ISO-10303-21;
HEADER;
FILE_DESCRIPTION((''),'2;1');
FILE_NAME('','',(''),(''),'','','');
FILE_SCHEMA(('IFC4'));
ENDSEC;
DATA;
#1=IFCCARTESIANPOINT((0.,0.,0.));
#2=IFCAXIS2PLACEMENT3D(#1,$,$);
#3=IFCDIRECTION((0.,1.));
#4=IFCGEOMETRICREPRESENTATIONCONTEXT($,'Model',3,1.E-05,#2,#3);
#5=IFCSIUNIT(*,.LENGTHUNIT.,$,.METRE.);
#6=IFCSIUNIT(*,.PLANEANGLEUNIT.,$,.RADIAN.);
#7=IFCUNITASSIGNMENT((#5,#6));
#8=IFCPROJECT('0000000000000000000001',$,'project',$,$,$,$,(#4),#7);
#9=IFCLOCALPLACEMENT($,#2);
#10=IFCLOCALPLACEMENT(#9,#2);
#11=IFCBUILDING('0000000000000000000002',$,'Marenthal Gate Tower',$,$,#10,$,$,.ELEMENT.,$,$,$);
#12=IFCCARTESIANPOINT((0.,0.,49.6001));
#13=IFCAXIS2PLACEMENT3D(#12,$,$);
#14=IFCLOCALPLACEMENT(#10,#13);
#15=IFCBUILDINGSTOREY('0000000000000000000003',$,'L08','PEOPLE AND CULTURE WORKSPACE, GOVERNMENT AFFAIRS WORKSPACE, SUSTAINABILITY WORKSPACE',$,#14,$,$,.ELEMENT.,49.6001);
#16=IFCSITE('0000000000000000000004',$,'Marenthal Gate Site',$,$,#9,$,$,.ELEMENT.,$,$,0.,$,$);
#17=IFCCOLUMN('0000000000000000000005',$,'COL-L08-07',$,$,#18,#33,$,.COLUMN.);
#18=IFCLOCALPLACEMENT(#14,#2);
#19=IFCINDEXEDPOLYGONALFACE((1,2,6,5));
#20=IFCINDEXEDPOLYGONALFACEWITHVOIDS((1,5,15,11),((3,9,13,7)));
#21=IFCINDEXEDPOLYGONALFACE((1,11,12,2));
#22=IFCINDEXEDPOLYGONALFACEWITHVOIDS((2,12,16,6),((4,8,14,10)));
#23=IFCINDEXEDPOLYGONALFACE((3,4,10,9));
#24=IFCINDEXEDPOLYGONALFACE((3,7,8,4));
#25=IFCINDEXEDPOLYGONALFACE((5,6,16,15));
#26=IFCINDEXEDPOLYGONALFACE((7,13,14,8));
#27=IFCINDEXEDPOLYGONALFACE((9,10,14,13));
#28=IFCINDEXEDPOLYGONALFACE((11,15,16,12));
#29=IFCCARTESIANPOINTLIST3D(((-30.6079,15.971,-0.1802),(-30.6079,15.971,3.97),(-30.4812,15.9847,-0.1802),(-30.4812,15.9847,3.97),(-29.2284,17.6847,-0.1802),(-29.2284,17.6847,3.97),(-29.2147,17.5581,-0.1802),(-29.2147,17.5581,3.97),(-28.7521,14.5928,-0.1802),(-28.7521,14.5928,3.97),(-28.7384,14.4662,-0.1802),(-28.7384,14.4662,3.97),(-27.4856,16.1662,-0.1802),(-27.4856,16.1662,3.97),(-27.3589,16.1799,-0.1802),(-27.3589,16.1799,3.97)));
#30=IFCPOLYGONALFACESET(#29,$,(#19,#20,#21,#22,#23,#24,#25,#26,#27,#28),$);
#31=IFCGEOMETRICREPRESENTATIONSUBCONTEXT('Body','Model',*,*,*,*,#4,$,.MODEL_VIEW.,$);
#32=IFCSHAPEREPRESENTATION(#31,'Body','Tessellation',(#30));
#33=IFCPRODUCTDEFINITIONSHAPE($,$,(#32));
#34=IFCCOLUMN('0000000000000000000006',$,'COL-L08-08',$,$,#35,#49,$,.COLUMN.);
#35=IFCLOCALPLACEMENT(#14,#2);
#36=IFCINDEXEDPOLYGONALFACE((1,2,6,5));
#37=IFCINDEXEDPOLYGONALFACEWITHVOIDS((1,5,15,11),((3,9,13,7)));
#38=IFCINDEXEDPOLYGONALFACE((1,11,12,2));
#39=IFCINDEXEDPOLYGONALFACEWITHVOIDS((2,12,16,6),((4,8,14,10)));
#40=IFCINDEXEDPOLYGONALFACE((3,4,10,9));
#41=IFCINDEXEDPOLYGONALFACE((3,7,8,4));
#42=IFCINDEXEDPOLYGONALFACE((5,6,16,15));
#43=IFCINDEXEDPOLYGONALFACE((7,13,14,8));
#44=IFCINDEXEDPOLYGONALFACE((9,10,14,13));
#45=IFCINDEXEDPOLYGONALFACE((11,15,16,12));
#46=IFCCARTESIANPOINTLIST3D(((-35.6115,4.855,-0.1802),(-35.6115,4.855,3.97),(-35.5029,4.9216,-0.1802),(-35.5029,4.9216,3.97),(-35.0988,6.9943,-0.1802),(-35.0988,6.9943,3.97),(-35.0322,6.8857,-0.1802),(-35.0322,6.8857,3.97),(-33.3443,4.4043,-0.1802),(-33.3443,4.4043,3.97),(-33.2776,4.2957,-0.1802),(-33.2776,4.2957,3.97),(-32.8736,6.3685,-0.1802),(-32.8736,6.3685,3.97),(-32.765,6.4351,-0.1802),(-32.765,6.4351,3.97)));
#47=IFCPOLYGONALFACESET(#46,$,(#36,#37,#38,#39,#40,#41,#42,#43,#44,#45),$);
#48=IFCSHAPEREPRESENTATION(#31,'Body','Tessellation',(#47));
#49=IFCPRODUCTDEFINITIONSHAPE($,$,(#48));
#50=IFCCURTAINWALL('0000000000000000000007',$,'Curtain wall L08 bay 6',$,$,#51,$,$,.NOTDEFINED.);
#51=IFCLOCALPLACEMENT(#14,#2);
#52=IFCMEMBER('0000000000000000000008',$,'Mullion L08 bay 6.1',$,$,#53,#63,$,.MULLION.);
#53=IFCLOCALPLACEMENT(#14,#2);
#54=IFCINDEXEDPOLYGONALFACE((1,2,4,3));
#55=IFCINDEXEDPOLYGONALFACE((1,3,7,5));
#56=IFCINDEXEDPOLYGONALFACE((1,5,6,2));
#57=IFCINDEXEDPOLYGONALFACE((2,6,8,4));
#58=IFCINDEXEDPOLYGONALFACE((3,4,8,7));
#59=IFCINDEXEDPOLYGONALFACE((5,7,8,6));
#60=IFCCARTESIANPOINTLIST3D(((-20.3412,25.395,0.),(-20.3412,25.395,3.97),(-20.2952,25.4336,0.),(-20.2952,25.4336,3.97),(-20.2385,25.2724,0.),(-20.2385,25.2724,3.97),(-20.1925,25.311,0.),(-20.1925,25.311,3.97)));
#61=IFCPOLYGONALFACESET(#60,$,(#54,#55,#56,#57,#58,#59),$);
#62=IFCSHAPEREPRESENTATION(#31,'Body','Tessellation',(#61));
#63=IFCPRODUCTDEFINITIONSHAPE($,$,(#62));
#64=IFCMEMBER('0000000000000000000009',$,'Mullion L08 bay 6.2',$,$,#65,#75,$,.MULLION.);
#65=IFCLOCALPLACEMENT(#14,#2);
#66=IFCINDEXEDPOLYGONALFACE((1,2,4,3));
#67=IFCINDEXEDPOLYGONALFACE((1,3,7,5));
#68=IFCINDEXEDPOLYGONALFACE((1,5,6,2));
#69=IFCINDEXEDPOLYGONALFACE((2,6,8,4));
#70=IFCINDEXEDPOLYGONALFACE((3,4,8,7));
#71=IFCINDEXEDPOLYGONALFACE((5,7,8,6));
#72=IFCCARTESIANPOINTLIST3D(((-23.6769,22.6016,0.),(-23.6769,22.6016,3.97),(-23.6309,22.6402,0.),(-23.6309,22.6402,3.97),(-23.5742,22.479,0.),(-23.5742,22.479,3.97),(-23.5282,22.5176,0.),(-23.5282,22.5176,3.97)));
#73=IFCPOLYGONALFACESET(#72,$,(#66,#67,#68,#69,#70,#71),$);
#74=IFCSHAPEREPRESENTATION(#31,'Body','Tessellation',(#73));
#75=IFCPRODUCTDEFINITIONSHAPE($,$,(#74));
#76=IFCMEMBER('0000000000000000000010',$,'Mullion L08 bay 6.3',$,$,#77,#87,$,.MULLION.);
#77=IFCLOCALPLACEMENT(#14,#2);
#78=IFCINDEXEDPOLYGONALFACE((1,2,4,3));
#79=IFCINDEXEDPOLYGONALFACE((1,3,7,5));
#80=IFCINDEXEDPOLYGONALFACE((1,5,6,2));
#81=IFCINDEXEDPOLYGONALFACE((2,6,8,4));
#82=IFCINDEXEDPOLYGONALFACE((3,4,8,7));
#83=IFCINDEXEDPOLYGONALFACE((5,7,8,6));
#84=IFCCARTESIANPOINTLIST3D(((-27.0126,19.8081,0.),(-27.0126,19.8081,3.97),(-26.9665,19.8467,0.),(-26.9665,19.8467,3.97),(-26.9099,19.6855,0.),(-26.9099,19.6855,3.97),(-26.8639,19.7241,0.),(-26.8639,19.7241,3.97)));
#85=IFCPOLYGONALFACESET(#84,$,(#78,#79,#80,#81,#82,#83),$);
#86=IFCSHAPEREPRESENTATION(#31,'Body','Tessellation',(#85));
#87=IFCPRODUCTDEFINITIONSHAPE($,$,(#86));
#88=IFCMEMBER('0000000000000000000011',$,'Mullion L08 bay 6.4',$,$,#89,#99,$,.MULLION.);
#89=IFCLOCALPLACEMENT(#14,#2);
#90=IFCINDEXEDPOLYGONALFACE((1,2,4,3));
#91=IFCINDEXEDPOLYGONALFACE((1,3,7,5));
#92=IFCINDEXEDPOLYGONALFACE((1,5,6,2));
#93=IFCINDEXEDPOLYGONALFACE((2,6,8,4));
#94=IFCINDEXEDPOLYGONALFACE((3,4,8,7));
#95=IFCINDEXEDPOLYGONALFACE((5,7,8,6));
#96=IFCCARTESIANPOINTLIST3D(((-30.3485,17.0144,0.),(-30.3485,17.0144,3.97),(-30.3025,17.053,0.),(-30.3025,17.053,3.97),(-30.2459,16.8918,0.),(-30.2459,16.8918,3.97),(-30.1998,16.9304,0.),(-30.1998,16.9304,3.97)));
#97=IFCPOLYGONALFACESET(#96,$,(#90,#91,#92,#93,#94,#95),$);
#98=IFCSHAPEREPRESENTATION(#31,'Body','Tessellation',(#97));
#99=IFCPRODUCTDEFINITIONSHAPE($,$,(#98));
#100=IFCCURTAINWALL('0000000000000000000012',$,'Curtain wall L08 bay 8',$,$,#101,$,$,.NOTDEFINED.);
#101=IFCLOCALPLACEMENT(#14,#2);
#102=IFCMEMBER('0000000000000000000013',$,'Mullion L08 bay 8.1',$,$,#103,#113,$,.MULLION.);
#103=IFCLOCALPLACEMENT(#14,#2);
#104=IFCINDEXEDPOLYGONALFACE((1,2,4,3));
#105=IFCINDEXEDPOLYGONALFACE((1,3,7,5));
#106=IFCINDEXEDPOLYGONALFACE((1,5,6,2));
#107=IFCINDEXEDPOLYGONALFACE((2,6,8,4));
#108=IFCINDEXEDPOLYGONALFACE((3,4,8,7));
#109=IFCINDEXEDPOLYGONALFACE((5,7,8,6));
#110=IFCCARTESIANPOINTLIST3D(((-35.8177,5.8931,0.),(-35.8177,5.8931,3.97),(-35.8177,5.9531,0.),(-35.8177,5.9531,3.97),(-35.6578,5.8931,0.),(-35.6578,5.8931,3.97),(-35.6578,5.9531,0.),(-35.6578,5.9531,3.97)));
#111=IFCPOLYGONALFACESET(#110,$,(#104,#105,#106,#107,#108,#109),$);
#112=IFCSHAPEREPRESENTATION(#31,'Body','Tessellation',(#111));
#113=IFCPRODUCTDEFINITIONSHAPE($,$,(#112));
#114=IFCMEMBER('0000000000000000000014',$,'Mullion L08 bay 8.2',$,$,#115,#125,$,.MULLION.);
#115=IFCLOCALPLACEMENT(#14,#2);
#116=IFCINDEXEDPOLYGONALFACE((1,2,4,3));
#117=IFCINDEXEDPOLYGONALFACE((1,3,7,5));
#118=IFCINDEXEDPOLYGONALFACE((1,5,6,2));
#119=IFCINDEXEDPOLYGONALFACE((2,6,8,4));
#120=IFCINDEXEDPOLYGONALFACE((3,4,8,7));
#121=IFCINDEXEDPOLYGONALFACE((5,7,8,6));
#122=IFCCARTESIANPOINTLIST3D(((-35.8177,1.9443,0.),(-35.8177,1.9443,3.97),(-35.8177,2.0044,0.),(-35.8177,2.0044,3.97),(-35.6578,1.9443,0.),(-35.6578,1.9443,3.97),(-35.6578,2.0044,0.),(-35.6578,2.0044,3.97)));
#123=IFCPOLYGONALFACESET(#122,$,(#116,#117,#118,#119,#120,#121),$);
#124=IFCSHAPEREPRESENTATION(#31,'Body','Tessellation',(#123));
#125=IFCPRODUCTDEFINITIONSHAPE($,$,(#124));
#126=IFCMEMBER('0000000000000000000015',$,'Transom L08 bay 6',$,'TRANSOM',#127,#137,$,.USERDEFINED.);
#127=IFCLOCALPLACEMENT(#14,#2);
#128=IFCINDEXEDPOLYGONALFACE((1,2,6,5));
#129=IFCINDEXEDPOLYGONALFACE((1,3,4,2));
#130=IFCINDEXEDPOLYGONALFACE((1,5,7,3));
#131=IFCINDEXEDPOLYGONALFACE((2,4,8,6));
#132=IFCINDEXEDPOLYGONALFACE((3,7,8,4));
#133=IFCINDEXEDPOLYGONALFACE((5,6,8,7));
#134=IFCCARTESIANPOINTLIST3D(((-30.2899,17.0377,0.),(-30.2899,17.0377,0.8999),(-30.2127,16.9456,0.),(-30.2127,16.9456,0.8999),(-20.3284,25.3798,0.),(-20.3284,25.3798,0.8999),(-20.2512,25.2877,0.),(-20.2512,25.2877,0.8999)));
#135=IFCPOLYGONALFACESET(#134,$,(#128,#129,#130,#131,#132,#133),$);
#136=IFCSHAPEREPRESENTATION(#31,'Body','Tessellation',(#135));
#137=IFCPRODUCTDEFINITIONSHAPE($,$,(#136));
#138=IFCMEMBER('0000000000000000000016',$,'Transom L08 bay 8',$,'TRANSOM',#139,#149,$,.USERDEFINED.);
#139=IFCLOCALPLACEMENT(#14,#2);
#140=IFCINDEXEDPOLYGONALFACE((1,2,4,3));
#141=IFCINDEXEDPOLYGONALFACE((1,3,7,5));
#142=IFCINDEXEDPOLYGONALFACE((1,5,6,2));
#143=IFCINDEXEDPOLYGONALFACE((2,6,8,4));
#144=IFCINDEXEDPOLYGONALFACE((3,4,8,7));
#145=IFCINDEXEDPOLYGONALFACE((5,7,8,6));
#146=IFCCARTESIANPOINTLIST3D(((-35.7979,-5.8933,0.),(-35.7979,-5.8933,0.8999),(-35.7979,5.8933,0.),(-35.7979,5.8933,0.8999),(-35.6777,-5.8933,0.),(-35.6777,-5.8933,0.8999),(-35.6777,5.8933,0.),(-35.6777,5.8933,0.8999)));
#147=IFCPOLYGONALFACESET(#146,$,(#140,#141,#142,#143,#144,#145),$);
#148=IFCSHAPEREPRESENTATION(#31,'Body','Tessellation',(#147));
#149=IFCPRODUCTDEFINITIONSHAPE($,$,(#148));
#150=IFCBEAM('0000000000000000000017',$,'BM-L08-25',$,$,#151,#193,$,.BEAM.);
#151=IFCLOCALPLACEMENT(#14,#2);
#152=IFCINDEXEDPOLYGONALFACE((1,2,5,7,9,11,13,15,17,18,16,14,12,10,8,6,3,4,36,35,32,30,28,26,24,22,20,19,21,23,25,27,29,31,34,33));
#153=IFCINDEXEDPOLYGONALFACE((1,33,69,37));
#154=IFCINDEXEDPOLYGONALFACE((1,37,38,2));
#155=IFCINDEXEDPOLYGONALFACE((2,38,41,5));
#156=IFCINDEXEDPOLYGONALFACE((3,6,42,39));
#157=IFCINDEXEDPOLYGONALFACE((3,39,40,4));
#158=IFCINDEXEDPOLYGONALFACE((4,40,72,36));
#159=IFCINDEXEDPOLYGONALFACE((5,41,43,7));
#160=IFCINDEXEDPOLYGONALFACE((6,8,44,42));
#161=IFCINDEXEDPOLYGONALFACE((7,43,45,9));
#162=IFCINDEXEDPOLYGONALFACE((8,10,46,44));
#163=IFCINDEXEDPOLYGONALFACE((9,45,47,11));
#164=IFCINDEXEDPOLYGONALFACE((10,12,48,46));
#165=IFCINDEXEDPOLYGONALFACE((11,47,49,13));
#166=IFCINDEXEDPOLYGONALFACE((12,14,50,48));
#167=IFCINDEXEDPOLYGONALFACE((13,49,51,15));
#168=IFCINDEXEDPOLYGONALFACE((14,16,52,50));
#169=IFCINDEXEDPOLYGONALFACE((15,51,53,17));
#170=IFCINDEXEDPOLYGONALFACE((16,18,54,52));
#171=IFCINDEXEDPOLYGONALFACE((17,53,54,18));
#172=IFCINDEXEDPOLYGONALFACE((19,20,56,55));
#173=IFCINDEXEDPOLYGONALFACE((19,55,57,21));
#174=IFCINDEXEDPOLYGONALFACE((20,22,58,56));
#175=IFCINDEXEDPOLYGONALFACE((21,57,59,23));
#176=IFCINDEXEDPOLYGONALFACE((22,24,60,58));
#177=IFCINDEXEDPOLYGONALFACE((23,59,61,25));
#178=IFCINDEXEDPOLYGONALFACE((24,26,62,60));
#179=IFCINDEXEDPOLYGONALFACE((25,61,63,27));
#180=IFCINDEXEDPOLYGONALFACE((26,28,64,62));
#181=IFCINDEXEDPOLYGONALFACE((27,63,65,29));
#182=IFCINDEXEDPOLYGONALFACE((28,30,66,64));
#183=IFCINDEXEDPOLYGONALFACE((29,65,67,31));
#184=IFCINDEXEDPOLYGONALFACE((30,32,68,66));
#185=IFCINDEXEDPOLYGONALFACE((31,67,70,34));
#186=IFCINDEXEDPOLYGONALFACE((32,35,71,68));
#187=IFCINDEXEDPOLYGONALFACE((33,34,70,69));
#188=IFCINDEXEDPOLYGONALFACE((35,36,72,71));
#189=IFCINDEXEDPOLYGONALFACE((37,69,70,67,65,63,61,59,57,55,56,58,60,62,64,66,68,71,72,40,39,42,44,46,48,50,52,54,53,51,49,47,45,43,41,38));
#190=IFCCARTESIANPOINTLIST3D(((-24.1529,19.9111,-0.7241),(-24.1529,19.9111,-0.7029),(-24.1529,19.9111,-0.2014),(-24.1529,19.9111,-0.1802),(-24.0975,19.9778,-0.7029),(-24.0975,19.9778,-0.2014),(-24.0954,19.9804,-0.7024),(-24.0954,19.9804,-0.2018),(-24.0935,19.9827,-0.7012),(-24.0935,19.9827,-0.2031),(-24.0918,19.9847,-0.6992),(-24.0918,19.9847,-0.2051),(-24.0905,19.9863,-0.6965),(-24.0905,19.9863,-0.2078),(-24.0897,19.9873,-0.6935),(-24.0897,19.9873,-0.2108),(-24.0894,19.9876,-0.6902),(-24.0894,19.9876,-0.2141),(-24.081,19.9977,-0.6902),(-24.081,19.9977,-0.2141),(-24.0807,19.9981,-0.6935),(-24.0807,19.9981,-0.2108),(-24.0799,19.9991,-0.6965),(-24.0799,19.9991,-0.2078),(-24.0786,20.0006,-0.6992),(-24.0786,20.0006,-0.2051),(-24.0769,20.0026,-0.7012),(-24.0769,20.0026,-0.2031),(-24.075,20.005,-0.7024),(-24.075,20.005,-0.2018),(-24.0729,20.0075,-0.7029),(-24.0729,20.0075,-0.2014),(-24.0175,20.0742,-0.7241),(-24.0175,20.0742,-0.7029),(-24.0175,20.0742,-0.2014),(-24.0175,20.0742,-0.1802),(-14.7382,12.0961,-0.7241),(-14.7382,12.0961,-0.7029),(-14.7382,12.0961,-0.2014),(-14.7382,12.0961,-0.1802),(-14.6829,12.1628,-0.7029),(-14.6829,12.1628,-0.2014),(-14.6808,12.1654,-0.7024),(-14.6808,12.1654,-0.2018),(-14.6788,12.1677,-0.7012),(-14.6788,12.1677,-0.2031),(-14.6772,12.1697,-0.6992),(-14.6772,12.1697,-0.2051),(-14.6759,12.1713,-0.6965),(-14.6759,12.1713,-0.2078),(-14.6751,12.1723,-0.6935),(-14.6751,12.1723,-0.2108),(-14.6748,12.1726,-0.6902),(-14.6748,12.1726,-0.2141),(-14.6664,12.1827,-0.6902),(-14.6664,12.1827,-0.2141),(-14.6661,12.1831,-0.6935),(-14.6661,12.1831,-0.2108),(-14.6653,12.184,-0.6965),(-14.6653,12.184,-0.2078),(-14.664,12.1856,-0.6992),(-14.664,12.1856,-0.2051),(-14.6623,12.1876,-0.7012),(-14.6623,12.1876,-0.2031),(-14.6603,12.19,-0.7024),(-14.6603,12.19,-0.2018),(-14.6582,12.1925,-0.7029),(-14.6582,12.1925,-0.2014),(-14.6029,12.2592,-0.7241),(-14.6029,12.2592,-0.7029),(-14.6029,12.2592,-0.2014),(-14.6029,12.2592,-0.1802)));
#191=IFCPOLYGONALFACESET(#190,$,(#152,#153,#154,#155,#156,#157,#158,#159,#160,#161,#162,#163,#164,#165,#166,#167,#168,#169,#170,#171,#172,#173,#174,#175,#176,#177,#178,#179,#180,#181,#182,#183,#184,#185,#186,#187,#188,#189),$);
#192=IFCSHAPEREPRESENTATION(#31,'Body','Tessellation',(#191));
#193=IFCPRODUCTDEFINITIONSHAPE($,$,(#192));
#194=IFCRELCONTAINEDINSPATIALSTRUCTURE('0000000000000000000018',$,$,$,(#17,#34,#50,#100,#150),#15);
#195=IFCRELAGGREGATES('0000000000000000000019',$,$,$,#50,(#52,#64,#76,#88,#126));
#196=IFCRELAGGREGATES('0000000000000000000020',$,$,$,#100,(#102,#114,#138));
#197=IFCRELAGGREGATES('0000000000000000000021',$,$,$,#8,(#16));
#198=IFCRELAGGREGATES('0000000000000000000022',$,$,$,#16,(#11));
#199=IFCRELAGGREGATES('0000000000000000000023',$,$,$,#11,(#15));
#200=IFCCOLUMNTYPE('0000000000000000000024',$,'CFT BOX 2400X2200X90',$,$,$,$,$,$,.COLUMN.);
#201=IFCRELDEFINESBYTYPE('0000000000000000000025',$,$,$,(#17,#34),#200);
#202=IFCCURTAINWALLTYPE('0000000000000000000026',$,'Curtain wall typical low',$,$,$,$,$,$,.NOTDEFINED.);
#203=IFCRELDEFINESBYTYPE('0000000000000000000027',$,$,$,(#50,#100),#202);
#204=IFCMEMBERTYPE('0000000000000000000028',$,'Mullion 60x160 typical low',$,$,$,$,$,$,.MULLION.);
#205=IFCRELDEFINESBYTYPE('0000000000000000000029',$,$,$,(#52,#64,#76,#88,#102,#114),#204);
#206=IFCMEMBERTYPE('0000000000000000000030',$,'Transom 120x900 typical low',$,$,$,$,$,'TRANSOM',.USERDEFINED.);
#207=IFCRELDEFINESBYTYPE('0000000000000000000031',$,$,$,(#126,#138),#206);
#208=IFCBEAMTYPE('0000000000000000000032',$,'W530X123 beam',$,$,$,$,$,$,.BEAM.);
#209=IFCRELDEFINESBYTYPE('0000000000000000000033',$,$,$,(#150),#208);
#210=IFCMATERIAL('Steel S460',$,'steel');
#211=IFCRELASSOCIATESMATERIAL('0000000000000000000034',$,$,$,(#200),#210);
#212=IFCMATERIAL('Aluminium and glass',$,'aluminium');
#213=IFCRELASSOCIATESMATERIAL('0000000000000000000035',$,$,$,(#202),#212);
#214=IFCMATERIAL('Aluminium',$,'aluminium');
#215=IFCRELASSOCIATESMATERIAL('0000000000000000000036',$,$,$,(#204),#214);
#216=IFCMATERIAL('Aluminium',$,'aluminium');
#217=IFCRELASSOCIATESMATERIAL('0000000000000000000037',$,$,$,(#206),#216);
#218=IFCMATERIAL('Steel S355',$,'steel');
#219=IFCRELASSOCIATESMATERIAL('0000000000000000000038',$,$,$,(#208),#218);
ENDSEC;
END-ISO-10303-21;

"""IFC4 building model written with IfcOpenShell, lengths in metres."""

from ifc_helpers import new_model, si_unit, direction, frame, origin, origin_2d, place, context, subcontext, project, spatial, rectangle, hollow_rectangle, i_section, extrude, material, material_profile, profile_set, type_object, element, aggregate, save


model = new_model("IFC4")

# Units and contexts
model_context = context("Model", 3, precision=1e-05, world=origin(), true_north=direction((0.0, 1.0)))
body_context = subcontext(model_context, "Body", "Model", "MODEL_VIEW")
ifc_project = project(units=[si_unit("LENGTHUNIT", "METRE"), si_unit("PLANEANGLEUNIT", "RADIAN")], contexts=[model_context])

# Site, building, storey
site_placement = place(None, origin())
site = spatial("IfcSite", under=ifc_project, at=site_placement, Name="Marenthal Gate Site", CompositionType="ELEMENT", RefElevation=0.0)
building_placement = place(site_placement, origin())
building = spatial("IfcBuilding", under=site, at=building_placement, Name="Marenthal Gate Tower", CompositionType="ELEMENT")
storey_placement = place(building_placement, frame((0.0, 0.0, 49.6001)))
storey = spatial("IfcBuildingStorey", under=building, at=storey_placement, Name="L08", Description="PEOPLE AND CULTURE WORKSPACE, GOVERNMENT AFFAIRS WORKSPACE, SUSTAINABILITY WORKSPACE", CompositionType="ELEMENT", Elevation=49.6001)

# Columns
ifc_material_1 = material(Name="Steel S460", Category="steel")
ifc_material_profile_1 = material_profile(ifc_material_1, hollow_rectangle(XDim=2.2, YDim=2.3999, WallThickness=0.0901, at=origin_2d()), Name="CFT BOX 2400X2200X90")
ifc_material_2 = material(Name="Concrete 70 MPa", Category="concrete")
ifc_material_profile_2 = material_profile(ifc_material_2, rectangle(XDim=2.02, YDim=2.22, at=origin_2d()), Name="CFT BOX 2400X2200X90 INFILL")
ifc_profile_set_1 = profile_set([ifc_material_profile_1, ifc_material_profile_2], Name="Steel S460 shell, Concrete 70 MPa infill")
column_type = type_object("IfcColumnType", Name="CFT BOX 2400X2200X90", PredefinedType="COLUMN", material=ifc_profile_set_1)
for number, where, z_axis, x_axis, name in (
    (1, (-28.9834, 16.0754, -0.1802), (0.0, 0.0, 1.0), (0.627046, 0.778982, 0.0), "COL-L08-07"),
    (2, (-34.1882, 5.645, -0.1802), (0.0, 0.0, 1.0), (0.233033, 0.972469, 0.0), "COL-L08-08"),
):
    element("IfcColumn", number, at=place(storey_placement, frame(where, z_axis=z_axis, x_axis=x_axis)), inside=storey, type_object=column_type, Name=name, PredefinedType="COLUMN", context=body_context, shape_type="SweptSolid", body=[
        extrude(hollow_rectangle(XDim=2.2, YDim=2.3999, WallThickness=0.0901, at=origin_2d()), origin(), (0.0, 0.0, 1.0), 4.1501),
    ])

# Curtain walls, members
ifc_material_3 = material(Name="Aluminium and glass", Category="aluminium")
curtain_wall_type = type_object("IfcCurtainWallType", Name="Curtain wall typical low", PredefinedType="NOTDEFINED", material=ifc_material_3)
curtain_wall_1_placement = place(storey_placement, origin())
curtain_wall_1 = element("IfcCurtainWall", 3, at=curtain_wall_1_placement, inside=storey, type_object=curtain_wall_type, Name="Curtain wall L08 bay 6", PredefinedType="NOTDEFINED")
ifc_material_4 = material(Name="Aluminium", Category="aluminium")
ifc_material_profile_3 = material_profile(ifc_material_4, rectangle(XDim=0.1599, YDim=0.0601, at=origin_2d()), Name="60x160 aluminium mullion")
ifc_profile_set_2 = profile_set([ifc_material_profile_3], Name="Aluminium")
member_type_1 = type_object("IfcMemberType", Name="Mullion 60x160 typical low", PredefinedType="MULLION", material=ifc_profile_set_2)
member_1_placement = place(storey_placement, frame((-20.2668, 25.353, 0.0), z_axis=(0.0, 0.0, 1.0), x_axis=(0.642047, -0.766665, 0.0)))
member_1 = element("IfcMember", 4, at=member_1_placement, type_object=member_type_1, Name="Mullion L08 bay 6.1", PredefinedType="MULLION", context=body_context, shape_type="SweptSolid", body=[
    extrude(rectangle(XDim=0.1599, YDim=0.0601, at=origin_2d()), origin(), (0.0, 0.0, 1.0), 3.97),
])
member_2_placement = place(storey_placement, frame((-23.6025, 22.5596, 0.0), z_axis=(0.0, 0.0, 1.0), x_axis=(0.642047, -0.766665, 0.0)))
member_2 = element("IfcMember", 5, at=member_2_placement, type_object=member_type_1, Name="Mullion L08 bay 6.2", PredefinedType="MULLION", context=body_context, shape_type="SweptSolid", body=[
    extrude(rectangle(XDim=0.1599, YDim=0.0601, at=origin_2d()), origin(), (0.0, 0.0, 1.0), 3.97),
])
member_3_placement = place(storey_placement, frame((-26.9382, 19.7661, 0.0), z_axis=(0.0, 0.0, 1.0), x_axis=(0.642047, -0.766665, 0.0)))
member_3 = element("IfcMember", 6, at=member_3_placement, type_object=member_type_1, Name="Mullion L08 bay 6.3", PredefinedType="MULLION", context=body_context, shape_type="SweptSolid", body=[
    extrude(rectangle(XDim=0.1599, YDim=0.0601, at=origin_2d()), origin(), (0.0, 0.0, 1.0), 3.97),
])
member_4_placement = place(storey_placement, frame((-30.2742, 16.9724, 0.0), z_axis=(0.0, 0.0, 1.0), x_axis=(0.642047, -0.766665, 0.0)))
member_4 = element("IfcMember", 7, at=member_4_placement, type_object=member_type_1, Name="Mullion L08 bay 6.4", PredefinedType="MULLION", context=body_context, shape_type="SweptSolid", body=[
    extrude(rectangle(XDim=0.1599, YDim=0.0601, at=origin_2d()), origin(), (0.0, 0.0, 1.0), 3.97),
])
curtain_wall_2_placement = place(storey_placement, origin())
curtain_wall_2 = element("IfcCurtainWall", 8, at=curtain_wall_2_placement, inside=storey, type_object=curtain_wall_type, Name="Curtain wall L08 bay 8", PredefinedType="NOTDEFINED")
member_5_placement = place(storey_placement, frame((-35.7378, 5.9231, 0.0), z_axis=(0.0, 0.0, 1.0), x_axis=(1.0, 0.0, 0.0)))
member_5 = element("IfcMember", 9, at=member_5_placement, type_object=member_type_1, Name="Mullion L08 bay 8.1", PredefinedType="MULLION", context=body_context, shape_type="SweptSolid", body=[
    extrude(rectangle(XDim=0.1599, YDim=0.0601, at=origin_2d()), origin(), (0.0, 0.0, 1.0), 3.97),
])
member_6_placement = place(storey_placement, frame((-35.7378, 1.9744, 0.0), z_axis=(0.0, 0.0, 1.0), x_axis=(1.0, 0.0, 0.0)))
member_6 = element("IfcMember", 10, at=member_6_placement, type_object=member_type_1, Name="Mullion L08 bay 8.2", PredefinedType="MULLION", context=body_context, shape_type="SweptSolid", body=[
    extrude(rectangle(XDim=0.1599, YDim=0.0601, at=origin_2d()), origin(), (0.0, 0.0, 1.0), 3.97),
])

# Members
ifc_material_5 = material(Name="Aluminium", Category="aluminium")
ifc_material_profile_4 = material_profile(ifc_material_5, rectangle(XDim=0.1201, YDim=0.8999, at=origin_2d()), Name="120x900 aluminium transom")
ifc_profile_set_3 = profile_set([ifc_material_profile_4], Name="Aluminium")
member_type_2 = type_object("IfcMemberType", Name="Transom 120x900 typical low", ElementType="TRANSOM", PredefinedType="USERDEFINED", material=ifc_profile_set_3)
member_7_placement = place(storey_placement, frame((-20.2898, 25.3337, 0.45), z_axis=(-0.766673, -0.642038, 0.0), x_axis=(0.642038, -0.766673, 0.0)))
member_7 = element("IfcMember", 11, at=member_7_placement, type_object=member_type_2, Name="Transom L08 bay 6", ObjectType="TRANSOM", PredefinedType="USERDEFINED", context=body_context, shape_type="SweptSolid", body=[
    extrude(rectangle(XDim=0.1201, YDim=0.8999, at=origin_2d()), origin(), (0.0, 0.0, 1.0), 12.9932),
])
member_8_placement = place(storey_placement, frame((-35.7378, 5.8933, 0.45), z_axis=(0.0, -1.0, 0.0), x_axis=(1.0, 0.0, 0.0)))
member_8 = element("IfcMember", 12, at=member_8_placement, type_object=member_type_2, Name="Transom L08 bay 8", ObjectType="TRANSOM", PredefinedType="USERDEFINED", context=body_context, shape_type="SweptSolid", body=[
    extrude(rectangle(XDim=0.1201, YDim=0.8999, at=origin_2d()), origin(), (0.0, 0.0, 1.0), 11.7866),
])

# Beam
ifc_material_6 = material(Name="Steel S355", Category="steel")
ifc_material_profile_5 = material_profile(ifc_material_6, i_section(OverallWidth=0.2119, OverallDepth=0.5439, WebThickness=0.0132, FlangeThickness=0.0212, FilletRadius=0.0127, at=origin_2d()), Name="W530X123")
ifc_profile_set_4 = profile_set([ifc_material_profile_5], Name="Steel S355")
beam_type_1 = type_object("IfcBeamType", Name="W530X123 beam", PredefinedType="BEAM", material=ifc_profile_set_4)
beam_1_placement = place(storey_placement, frame((-24.0852, 19.9927, -0.4521), z_axis=(0.769447, -0.638711, 0.0), x_axis=(0.638711, 0.769447, 0.0)))
element("IfcBeam", 13, at=beam_1_placement, inside=storey, type_object=beam_type_1, Name="BM-L08-25", PredefinedType="BEAM", context=body_context, shape_type="SweptSolid", body=[
    extrude(i_section(OverallWidth=0.2119, OverallDepth=0.5439, WebThickness=0.0132, FlangeThickness=0.0212, FilletRadius=0.0127, at=origin_2d()), origin(), (0.0, 0.0, 1.0), 12.2356),
])

aggregate(curtain_wall_1, [member_1, member_2, member_3, member_4, member_7])
aggregate(curtain_wall_2, [member_5, member_6, member_8])

save(model, "model.ifc")
